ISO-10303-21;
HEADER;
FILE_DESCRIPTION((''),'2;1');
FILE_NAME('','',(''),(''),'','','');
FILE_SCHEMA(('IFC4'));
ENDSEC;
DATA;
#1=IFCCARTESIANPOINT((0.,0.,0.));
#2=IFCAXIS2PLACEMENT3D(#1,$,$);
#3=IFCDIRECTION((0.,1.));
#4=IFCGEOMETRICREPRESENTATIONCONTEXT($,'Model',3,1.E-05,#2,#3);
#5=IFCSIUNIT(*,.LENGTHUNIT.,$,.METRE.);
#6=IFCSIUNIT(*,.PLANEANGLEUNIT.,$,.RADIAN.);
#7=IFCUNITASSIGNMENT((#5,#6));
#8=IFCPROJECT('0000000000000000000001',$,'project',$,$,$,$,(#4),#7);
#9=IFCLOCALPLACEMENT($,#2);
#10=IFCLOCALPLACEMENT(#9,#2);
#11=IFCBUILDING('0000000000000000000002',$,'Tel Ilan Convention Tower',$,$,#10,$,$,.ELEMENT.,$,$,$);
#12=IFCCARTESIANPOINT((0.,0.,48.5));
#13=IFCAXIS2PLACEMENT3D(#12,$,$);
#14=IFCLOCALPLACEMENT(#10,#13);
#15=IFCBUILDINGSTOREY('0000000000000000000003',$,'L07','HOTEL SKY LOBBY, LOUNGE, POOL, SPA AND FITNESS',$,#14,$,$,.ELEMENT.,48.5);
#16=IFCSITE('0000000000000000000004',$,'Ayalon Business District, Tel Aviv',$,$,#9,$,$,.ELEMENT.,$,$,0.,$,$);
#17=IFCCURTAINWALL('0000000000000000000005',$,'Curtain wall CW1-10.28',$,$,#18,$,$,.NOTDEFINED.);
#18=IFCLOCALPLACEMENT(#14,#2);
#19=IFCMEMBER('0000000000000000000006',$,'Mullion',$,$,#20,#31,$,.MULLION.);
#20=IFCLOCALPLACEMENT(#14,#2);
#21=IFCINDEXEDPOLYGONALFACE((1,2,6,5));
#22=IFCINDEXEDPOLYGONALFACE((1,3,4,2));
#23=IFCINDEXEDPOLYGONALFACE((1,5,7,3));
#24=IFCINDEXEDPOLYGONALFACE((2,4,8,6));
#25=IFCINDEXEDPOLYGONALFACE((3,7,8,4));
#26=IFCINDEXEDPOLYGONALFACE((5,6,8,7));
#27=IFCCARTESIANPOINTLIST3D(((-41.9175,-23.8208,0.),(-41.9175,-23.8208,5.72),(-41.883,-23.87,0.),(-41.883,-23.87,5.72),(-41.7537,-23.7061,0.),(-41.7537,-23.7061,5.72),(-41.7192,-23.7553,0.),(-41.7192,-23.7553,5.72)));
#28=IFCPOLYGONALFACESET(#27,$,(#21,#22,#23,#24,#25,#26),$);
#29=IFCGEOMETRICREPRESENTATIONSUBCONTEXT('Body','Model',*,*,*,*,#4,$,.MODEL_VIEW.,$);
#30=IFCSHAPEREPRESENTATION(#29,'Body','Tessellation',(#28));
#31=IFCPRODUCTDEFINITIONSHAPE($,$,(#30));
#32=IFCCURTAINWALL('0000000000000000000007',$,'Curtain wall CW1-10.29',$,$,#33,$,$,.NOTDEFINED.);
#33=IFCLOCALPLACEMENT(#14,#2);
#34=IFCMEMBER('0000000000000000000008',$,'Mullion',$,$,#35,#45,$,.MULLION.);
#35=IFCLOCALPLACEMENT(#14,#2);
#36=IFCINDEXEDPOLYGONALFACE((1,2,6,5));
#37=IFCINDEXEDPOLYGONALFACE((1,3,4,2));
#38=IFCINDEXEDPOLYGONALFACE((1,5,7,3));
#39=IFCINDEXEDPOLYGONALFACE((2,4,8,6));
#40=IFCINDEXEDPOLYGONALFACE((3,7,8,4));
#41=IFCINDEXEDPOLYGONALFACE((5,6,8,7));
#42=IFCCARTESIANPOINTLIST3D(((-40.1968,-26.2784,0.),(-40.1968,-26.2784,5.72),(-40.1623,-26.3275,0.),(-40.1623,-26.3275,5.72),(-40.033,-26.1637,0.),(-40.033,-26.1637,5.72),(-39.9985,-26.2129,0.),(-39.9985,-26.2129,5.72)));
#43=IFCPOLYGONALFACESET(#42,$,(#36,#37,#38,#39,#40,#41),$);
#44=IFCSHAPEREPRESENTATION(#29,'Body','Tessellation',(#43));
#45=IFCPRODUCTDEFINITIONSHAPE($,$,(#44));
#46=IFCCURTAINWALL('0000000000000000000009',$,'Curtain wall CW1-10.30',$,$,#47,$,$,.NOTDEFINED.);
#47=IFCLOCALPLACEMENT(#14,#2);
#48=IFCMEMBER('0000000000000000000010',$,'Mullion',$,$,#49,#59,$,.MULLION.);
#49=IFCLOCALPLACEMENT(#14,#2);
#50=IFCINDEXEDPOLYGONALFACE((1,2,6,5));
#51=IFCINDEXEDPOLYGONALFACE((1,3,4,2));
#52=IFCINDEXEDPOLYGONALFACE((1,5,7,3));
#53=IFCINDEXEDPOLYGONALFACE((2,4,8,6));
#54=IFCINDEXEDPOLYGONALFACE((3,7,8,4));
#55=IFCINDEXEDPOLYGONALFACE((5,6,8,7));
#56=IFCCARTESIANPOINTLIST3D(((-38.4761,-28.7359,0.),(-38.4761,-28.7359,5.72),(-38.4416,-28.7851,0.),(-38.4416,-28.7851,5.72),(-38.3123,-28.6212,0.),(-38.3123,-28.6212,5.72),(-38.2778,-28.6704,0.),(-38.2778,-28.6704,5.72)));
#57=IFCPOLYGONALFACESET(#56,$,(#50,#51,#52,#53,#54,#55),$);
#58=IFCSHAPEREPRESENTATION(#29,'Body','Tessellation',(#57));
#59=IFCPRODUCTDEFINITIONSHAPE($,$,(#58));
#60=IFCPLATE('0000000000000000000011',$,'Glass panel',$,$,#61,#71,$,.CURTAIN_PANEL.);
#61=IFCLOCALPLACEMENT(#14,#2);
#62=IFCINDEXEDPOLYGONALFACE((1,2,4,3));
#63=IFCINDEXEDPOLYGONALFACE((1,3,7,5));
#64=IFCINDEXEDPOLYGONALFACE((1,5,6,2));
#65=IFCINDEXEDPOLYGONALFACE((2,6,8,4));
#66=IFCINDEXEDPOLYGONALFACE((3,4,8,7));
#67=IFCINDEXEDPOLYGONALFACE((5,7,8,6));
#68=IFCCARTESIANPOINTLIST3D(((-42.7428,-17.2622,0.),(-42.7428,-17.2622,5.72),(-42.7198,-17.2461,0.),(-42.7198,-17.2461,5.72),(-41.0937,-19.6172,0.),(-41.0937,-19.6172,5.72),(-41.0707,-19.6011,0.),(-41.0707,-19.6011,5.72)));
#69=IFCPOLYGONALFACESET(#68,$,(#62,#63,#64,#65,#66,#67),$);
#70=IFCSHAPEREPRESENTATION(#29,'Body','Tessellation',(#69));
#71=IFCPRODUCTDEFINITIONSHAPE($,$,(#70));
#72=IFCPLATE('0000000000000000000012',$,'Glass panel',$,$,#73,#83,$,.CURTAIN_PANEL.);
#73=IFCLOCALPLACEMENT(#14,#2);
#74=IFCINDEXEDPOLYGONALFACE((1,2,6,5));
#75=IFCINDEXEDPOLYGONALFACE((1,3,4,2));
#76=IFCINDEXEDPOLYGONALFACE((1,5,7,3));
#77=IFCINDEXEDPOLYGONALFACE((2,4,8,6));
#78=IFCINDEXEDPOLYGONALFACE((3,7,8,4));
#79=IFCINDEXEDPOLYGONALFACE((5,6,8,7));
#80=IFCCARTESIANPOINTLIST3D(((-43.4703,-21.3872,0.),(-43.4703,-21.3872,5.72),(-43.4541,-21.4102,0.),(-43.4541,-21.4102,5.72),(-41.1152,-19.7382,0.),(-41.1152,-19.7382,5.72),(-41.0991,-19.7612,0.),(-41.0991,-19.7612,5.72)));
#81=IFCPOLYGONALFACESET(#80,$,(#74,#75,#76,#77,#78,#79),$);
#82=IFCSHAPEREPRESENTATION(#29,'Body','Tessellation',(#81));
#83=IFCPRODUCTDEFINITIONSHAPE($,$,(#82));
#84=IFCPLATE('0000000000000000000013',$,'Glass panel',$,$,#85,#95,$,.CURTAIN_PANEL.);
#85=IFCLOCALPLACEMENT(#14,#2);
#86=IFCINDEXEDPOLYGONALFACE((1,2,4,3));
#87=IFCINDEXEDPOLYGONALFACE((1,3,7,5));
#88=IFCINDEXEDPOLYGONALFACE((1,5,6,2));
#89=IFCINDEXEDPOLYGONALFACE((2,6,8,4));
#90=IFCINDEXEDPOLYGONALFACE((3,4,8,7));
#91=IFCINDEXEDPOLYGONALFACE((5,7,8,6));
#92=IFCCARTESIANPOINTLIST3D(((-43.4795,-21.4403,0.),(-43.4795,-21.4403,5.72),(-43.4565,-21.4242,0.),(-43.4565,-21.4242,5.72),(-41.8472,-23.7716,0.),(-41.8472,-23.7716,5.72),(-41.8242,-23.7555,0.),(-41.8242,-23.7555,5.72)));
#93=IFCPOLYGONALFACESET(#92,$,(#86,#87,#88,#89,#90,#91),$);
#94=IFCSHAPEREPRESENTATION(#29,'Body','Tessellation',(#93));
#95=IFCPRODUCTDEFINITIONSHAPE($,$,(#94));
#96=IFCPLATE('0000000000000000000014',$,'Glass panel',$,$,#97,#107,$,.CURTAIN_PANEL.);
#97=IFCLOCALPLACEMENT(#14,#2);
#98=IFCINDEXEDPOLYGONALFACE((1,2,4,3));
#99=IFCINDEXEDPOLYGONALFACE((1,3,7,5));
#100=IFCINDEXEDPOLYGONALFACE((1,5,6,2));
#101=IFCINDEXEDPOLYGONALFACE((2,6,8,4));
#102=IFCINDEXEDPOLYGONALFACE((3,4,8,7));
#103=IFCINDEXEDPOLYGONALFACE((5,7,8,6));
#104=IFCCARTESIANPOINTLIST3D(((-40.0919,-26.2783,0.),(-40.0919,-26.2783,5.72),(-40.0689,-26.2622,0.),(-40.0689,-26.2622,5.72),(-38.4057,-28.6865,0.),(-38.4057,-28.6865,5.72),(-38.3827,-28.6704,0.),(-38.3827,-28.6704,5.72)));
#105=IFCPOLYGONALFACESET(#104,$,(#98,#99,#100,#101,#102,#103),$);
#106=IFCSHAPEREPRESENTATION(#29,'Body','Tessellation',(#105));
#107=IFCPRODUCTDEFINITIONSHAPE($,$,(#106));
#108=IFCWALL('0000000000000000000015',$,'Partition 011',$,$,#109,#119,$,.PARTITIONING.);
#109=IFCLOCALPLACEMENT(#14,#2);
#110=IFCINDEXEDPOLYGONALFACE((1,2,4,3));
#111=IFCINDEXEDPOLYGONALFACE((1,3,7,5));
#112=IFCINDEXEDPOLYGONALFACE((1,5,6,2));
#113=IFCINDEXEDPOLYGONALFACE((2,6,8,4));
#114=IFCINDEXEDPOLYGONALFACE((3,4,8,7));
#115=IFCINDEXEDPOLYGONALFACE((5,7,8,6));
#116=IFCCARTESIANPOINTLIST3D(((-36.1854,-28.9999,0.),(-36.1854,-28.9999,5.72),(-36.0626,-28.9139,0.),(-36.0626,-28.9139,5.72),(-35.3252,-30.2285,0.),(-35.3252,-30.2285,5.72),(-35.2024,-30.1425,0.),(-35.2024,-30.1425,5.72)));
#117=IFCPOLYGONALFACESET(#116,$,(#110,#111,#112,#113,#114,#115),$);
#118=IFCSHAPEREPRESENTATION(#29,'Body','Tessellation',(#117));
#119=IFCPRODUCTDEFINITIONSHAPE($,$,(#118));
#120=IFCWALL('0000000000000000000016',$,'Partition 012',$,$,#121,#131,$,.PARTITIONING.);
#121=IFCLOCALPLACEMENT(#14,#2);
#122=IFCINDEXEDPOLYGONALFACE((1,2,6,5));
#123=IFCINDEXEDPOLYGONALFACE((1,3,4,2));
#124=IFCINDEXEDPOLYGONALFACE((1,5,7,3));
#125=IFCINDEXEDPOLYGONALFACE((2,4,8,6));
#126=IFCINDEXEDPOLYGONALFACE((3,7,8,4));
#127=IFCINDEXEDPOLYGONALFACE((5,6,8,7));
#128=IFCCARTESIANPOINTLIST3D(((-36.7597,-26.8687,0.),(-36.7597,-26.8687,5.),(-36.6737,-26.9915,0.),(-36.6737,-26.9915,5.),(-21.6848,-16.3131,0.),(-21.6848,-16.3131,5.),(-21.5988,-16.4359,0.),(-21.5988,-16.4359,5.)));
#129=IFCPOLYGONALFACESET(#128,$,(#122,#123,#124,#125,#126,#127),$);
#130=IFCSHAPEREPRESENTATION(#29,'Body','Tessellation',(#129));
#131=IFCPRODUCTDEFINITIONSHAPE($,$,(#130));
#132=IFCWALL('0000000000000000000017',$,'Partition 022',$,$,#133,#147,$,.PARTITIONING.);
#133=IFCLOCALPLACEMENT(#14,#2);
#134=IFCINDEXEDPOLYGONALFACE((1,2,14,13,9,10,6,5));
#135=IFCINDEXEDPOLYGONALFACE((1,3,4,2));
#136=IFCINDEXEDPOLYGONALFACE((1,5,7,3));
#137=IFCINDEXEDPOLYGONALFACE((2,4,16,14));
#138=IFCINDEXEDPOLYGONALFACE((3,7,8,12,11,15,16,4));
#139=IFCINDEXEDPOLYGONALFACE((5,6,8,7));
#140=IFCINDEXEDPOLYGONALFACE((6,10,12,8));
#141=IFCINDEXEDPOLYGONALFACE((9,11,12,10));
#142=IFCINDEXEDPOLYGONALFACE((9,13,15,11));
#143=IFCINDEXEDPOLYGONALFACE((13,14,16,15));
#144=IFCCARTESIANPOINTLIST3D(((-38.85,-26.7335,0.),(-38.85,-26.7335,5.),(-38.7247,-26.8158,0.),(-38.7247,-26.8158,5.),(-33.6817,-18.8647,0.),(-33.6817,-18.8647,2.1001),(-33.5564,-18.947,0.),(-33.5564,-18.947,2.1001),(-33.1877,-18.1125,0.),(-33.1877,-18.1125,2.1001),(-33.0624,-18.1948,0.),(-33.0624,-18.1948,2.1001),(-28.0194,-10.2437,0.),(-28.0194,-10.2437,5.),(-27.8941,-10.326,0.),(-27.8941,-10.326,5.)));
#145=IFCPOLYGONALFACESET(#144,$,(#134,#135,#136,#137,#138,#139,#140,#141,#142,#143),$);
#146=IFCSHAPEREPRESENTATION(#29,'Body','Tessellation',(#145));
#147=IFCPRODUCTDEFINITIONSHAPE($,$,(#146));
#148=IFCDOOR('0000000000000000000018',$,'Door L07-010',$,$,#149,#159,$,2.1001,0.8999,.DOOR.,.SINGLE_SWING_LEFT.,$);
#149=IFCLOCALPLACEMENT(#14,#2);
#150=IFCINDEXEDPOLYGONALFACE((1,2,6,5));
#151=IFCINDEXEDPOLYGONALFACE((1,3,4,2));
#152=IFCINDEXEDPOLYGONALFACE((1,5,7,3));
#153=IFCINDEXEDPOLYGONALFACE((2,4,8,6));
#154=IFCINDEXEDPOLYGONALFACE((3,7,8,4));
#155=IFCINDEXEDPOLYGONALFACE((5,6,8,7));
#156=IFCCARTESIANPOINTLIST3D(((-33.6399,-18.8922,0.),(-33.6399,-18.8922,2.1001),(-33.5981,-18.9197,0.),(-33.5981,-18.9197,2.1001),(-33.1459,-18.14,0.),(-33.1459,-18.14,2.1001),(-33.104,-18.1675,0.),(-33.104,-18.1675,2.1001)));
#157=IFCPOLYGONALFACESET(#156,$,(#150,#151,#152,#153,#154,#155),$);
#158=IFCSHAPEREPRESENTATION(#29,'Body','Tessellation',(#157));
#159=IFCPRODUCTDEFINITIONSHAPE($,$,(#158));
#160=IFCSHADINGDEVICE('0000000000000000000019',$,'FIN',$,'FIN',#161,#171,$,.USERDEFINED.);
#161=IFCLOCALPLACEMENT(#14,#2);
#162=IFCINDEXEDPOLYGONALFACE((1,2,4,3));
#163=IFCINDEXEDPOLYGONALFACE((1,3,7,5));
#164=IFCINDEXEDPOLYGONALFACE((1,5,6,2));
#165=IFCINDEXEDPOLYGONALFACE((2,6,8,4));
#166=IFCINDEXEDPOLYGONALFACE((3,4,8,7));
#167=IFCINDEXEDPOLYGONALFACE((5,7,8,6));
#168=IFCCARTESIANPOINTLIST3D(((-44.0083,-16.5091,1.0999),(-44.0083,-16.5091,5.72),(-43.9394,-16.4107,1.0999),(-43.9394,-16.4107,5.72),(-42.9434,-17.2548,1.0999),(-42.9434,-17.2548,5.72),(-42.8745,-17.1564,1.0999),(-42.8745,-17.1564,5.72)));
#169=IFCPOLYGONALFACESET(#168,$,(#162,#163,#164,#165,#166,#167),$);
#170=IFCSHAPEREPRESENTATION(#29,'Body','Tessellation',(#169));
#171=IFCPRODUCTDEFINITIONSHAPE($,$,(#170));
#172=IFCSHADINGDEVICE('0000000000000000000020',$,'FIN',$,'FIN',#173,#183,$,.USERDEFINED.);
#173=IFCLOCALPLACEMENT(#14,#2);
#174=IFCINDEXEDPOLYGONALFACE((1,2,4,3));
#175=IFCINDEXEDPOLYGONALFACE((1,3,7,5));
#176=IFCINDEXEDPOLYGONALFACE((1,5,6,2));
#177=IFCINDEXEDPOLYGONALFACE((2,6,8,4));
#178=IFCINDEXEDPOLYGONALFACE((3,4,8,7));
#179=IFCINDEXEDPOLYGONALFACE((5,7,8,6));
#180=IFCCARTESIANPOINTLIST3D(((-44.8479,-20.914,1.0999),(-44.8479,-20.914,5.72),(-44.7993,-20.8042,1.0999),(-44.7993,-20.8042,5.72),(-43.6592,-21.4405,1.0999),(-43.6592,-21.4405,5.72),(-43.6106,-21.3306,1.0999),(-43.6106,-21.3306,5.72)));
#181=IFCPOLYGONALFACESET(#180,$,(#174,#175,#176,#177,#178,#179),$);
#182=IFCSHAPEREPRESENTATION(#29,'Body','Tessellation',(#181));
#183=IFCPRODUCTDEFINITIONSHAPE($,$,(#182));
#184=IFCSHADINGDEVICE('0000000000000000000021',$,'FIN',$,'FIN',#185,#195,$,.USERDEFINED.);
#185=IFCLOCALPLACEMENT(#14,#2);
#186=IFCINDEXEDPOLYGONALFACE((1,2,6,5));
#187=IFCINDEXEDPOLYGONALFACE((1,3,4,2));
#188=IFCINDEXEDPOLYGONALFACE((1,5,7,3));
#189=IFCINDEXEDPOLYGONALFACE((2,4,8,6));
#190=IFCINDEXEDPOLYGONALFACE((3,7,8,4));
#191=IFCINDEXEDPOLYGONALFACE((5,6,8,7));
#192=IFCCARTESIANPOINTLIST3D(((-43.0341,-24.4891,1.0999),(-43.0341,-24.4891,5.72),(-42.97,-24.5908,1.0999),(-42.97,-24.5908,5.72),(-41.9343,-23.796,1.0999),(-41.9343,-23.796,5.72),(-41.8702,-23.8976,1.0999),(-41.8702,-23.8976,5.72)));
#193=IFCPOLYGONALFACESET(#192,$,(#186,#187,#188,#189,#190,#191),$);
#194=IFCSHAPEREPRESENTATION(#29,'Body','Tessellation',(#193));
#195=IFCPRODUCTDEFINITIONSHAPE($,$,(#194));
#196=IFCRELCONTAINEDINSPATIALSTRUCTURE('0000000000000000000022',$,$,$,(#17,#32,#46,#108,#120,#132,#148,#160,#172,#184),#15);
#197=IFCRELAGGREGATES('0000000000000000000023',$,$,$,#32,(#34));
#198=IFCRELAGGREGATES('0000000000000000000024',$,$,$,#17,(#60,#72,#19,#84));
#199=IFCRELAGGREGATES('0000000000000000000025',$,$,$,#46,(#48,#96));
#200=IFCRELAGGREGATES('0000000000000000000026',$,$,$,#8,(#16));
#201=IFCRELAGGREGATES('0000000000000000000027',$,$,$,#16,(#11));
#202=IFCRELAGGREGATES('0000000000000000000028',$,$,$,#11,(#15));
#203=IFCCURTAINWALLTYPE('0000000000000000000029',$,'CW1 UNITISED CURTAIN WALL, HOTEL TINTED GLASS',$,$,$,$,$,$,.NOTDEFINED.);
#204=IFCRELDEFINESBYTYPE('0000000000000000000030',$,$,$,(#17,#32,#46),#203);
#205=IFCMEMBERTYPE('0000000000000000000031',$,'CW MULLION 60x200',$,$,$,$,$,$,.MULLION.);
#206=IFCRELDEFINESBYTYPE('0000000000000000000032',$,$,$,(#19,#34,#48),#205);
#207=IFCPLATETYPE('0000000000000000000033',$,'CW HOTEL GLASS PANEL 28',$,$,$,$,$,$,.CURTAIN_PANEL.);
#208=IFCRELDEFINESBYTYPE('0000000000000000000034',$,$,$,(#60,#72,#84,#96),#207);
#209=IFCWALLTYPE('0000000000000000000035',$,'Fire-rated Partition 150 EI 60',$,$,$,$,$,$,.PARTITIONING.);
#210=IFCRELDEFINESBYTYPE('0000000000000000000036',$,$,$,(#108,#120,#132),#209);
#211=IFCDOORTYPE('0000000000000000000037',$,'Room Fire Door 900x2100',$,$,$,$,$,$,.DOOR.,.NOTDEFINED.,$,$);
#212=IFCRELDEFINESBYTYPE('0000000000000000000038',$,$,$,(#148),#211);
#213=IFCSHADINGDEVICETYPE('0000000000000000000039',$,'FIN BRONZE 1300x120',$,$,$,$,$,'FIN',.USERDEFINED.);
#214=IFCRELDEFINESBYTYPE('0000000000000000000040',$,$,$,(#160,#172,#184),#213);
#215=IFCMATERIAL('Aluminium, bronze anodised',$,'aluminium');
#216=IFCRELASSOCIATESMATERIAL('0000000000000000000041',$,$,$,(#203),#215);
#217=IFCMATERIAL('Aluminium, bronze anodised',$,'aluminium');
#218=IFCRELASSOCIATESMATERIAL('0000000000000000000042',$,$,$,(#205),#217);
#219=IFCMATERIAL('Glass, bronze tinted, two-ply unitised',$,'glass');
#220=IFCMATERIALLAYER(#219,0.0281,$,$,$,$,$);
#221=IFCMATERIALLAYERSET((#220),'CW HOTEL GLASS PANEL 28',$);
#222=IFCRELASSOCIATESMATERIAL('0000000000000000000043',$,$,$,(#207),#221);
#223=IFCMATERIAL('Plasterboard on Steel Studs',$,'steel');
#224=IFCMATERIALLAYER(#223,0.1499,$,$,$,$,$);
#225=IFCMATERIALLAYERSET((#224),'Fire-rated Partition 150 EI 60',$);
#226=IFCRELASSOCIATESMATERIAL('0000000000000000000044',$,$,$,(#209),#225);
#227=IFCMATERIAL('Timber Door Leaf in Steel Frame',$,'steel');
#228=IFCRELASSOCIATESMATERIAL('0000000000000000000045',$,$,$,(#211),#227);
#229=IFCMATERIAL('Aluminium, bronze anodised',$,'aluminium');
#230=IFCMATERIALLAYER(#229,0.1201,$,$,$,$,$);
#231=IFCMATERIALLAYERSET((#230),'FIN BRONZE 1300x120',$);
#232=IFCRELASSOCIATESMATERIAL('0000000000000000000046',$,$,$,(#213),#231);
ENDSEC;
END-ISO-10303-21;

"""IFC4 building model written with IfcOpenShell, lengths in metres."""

from ifc_helpers import new_model, si_unit, direction, frame, frame_2d, origin, origin_2d, place, context, subcontext, project, spatial, rectangle, extrude, material, layer, layer_set, material_profile, profile_set, type_object, element, fill, aggregate, save


model = new_model("IFC4")

# Units and contexts
model_context = context("Model", 3, precision=1e-05, world=origin(), true_north=direction((0.0, 1.0)))
body_context = subcontext(model_context, "Body", "Model", "MODEL_VIEW")
ifc_project = project(units=[si_unit("LENGTHUNIT", "METRE"), si_unit("PLANEANGLEUNIT", "RADIAN")], contexts=[model_context])

# Site, building, storey
site_placement = place(None, origin())
site = spatial("IfcSite", under=ifc_project, at=site_placement, Name="Ayalon Business District, Tel Aviv", CompositionType="ELEMENT", RefElevation=0.0)
building_placement = place(site_placement, origin())
building = spatial("IfcBuilding", under=site, at=building_placement, Name="Tel Ilan Convention Tower", CompositionType="ELEMENT")
storey_placement = place(building_placement, frame((0.0, 0.0, 48.5)))
storey = spatial("IfcBuildingStorey", under=building, at=storey_placement, Name="L07", Description="HOTEL SKY LOBBY, LOUNGE, POOL, SPA AND FITNESS", CompositionType="ELEMENT", Elevation=48.5)

# Curtain wall, member
ifc_material_1 = material(Name="Aluminium, bronze anodised", Category="aluminium")
curtain_wall_type = type_object("IfcCurtainWallType", Name="CW1 UNITISED CURTAIN WALL, HOTEL TINTED GLASS", PredefinedType="NOTDEFINED", material=ifc_material_1)
curtain_wall_1_placement = place(storey_placement, origin())
curtain_wall_1 = element("IfcCurtainWall", 1, at=curtain_wall_1_placement, inside=storey, type_object=curtain_wall_type, Name="Curtain wall CW1-10.28", PredefinedType="NOTDEFINED")
ifc_material_2 = material(Name="Aluminium, bronze anodised", Category="aluminium")
ifc_material_profile_1 = material_profile(ifc_material_2, rectangle(XDim=0.0601, YDim=0.2, at=origin_2d()), Name="CW MULLION 60x200")
ifc_profile_set_1 = profile_set([ifc_material_profile_1], Name="Aluminium, bronze anodised")
member_type_1 = type_object("IfcMemberType", Name="CW MULLION 60x200", PredefinedType="MULLION", material=ifc_profile_set_1)
member_1_placement = place(storey_placement, frame((-41.8184, -23.7881, 0.0), z_axis=(0.0, 0.0, 1.0), x_axis=(0.573576, -0.819152, 0.0)))
member_1 = element("IfcMember", 2, at=member_1_placement, type_object=member_type_1, Name="Mullion", PredefinedType="MULLION", context=body_context, shape_type="SweptSolid", body=[
    extrude(rectangle(XDim=0.0601, YDim=0.2, at=origin_2d()), origin(), (0.0, 0.0, 1.0), 5.72),
])

# Curtain walls, members
curtain_wall_2_placement = place(storey_placement, origin())
curtain_wall_2 = element("IfcCurtainWall", 3, at=curtain_wall_2_placement, inside=storey, type_object=curtain_wall_type, Name="Curtain wall CW1-10.29", PredefinedType="NOTDEFINED")
member_2_placement = place(storey_placement, frame((-40.0977, -26.2456, 0.0), z_axis=(0.0, 0.0, 1.0), x_axis=(0.573576, -0.819152, 0.0)))
member_2 = element("IfcMember", 4, at=member_2_placement, type_object=member_type_1, Name="Mullion", PredefinedType="MULLION", context=body_context, shape_type="SweptSolid", body=[
    extrude(rectangle(XDim=0.0601, YDim=0.2, at=origin_2d()), origin(), (0.0, 0.0, 1.0), 5.72),
])
aggregate(curtain_wall_2, [member_2])
curtain_wall_3_placement = place(storey_placement, origin())
curtain_wall_3 = element("IfcCurtainWall", 5, at=curtain_wall_3_placement, inside=storey, type_object=curtain_wall_type, Name="Curtain wall CW1-10.30", PredefinedType="NOTDEFINED")
member_3_placement = place(storey_placement, frame((-38.377, -28.7031, 0.0), z_axis=(0.0, 0.0, 1.0), x_axis=(0.573576, -0.819152, 0.0)))
member_3 = element("IfcMember", 6, at=member_3_placement, type_object=member_type_1, Name="Mullion", PredefinedType="MULLION", context=body_context, shape_type="SweptSolid", body=[
    extrude(rectangle(XDim=0.0601, YDim=0.2, at=origin_2d()), origin(), (0.0, 0.0, 1.0), 5.72),
])

# Plates
ifc_material_3 = material(Name="Glass, bronze tinted, two-ply unitised", Category="glass")
ifc_layer_1 = layer(ifc_material_3, 0.0281)
ifc_layer_set_1 = layer_set([ifc_layer_1], Name="CW HOTEL GLASS PANEL 28")
plate_type = type_object("IfcPlateType", Name="CW HOTEL GLASS PANEL 28", PredefinedType="CURTAIN_PANEL", material=ifc_layer_set_1)
plate_1_placement = place(storey_placement, frame((-41.9067, -18.4316, 0.0), z_axis=(0.0, 0.0, 1.0), x_axis=(0.573576, -0.819152, 0.0)))
plate_1 = element("IfcPlate", 7, at=plate_1_placement, type_object=plate_type, Name="Glass panel", PredefinedType="CURTAIN_PANEL", context=body_context, shape_type="SweptSolid", body=[
    extrude(rectangle(XDim=2.875, YDim=0.0281, at=origin_2d()), origin(), (0.0, 0.0, 1.0), 5.72),
])
plate_2_placement = place(storey_placement, frame((-42.2847, -20.5742, 0.0), z_axis=(0.0, 0.0, 1.0), x_axis=(-0.819152, -0.573576, 0.0)))
plate_2 = element("IfcPlate", 8, at=plate_2_placement, type_object=plate_type, Name="Glass panel", PredefinedType="CURTAIN_PANEL", context=body_context, shape_type="SweptSolid", body=[
    extrude(rectangle(XDim=2.875, YDim=0.0281, at=origin_2d()), origin(), (0.0, 0.0, 1.0), 5.72),
])
plate_3_placement = place(storey_placement, frame((-42.6519, -22.5979, 0.0), z_axis=(0.0, 0.0, 1.0), x_axis=(0.573576, -0.819152, 0.0)))
plate_3 = element("IfcPlate", 9, at=plate_3_placement, type_object=plate_type, Name="Glass panel", PredefinedType="CURTAIN_PANEL", context=body_context, shape_type="SweptSolid", body=[
    extrude(rectangle(XDim=2.8459, YDim=0.0281, at=origin_2d()), origin(), (0.0, 0.0, 1.0), 5.72),
])
aggregate(curtain_wall_1, [plate_1, plate_2, member_1, plate_3])
plate_4_placement = place(storey_placement, frame((-39.2373, -27.4744, 0.0), z_axis=(0.0, 0.0, 1.0), x_axis=(0.573576, -0.819152, 0.0)))
plate_4 = element("IfcPlate", 10, at=plate_4_placement, type_object=plate_type, Name="Glass panel", PredefinedType="CURTAIN_PANEL", context=body_context, shape_type="SweptSolid", body=[
    extrude(rectangle(XDim=2.9399, YDim=0.0281, at=origin_2d()), origin(), (0.0, 0.0, 1.0), 5.72),
])
aggregate(curtain_wall_3, [member_3, plate_4])

# Walls
ifc_material_4 = material(Name="Plasterboard on Steel Studs", Category="steel")
ifc_layer_2 = layer(ifc_material_4, 0.1499)
ifc_layer_set_2 = layer_set([ifc_layer_2], Name="Fire-rated Partition 150 EI 60")
wall_type_1 = type_object("IfcWallType", Name="Fire-rated Partition 150 EI 60", PredefinedType="PARTITIONING", material=ifc_layer_set_2)
wall_1_placement = place(storey_placement, frame((-36.124, -28.9568, 0.0), z_axis=(0.0, 0.0, 1.0), x_axis=(0.573528, -0.819186, 0.0)))
element("IfcWall", 11, at=wall_1_placement, inside=storey, type_object=wall_type_1, Name="Partition 011", PredefinedType="PARTITIONING", context=body_context, shape_type="SweptSolid", body=[
    extrude(rectangle(XDim=1.4998, YDim=0.1499, at=frame_2d((0.75, 0.0))), origin(), (0.0, 0.0, 1.0), 5.72),
])
wall_2_placement = place(storey_placement, frame((-36.7168, -26.9302, 0.0), z_axis=(0.0, 0.0, 1.0), x_axis=(0.81915, 0.573579, 0.0)))
element("IfcWall", 12, at=wall_2_placement, inside=storey, type_object=wall_type_1, Name="Partition 012", PredefinedType="PARTITIONING", context=body_context, shape_type="SweptSolid", body=[
    extrude(rectangle(XDim=18.4031, YDim=0.1499, at=frame_2d((9.2017, 0.0))), origin(), (0.0, 0.0, 1.0), 5.0),
])

# Wall, opening, door
wall_3_placement = place(storey_placement, frame((-38.7874, -26.7747, 0.0), z_axis=(0.0, 0.0, 1.0), x_axis=(0.548981, 0.835835, 0.0)))
wall_3 = element("IfcWall", 13, at=wall_3_placement, inside=storey, type_object=wall_type_1, Name="Partition 022", PredefinedType="PARTITIONING", context=body_context, shape_type="SweptSolid", body=[
    extrude(rectangle(XDim=19.7285, YDim=0.1499, at=frame_2d((9.8643, 0.0))), origin(), (0.0, 0.0, 1.0), 5.0),
])
opening_1_placement = place(wall_3_placement, frame((9.4143, 0.0, 0.0)))
opening_1 = element("IfcOpeningElement", 14, at=opening_1_placement, cuts=wall_3, PredefinedType="OPENING", context=body_context, shape_type="SweptSolid", body=[
    extrude(rectangle(XDim=0.8999, YDim=2.1001, at=frame_2d((0.45, 1.05))), frame((0.0, 0.085, 0.0), z_axis=(0.0, -1.0, 0.0), x_axis=(1.0, 0.0, 0.0)), (0.0, 0.0, 1.0), 0.1699),
])
ifc_material_5 = material(Name="Timber Door Leaf in Steel Frame", Category="steel")
door_type_1 = type_object("IfcDoorType", Name="Room Fire Door 900x2100", OperationType="NOTDEFINED", PredefinedType="DOOR", material=ifc_material_5)
door_1_placement = place(opening_1_placement, origin())
door_1 = element("IfcDoor", 15, at=door_1_placement, inside=storey, type_object=door_type_1, Name="Door L07-010", OperationType="SINGLE_SWING_LEFT", OverallHeight=2.1001, OverallWidth=0.8999, PredefinedType="DOOR", context=body_context, shape_type="SweptSolid", body=[
    extrude(rectangle(XDim=0.8999, YDim=2.1001, at=frame_2d((0.45, 1.05))), frame((0.0, 0.0249, 0.0), z_axis=(0.0, -1.0, 0.0), x_axis=(1.0, 0.0, 0.0)), (0.0, 0.0, 1.0), 0.05),
])
fill(opening_1, door_1)

# Shading devices
ifc_material_6 = material(Name="Aluminium, bronze anodised", Category="aluminium")
ifc_layer_3 = layer(ifc_material_6, 0.1201)
ifc_layer_set_3 = layer_set([ifc_layer_3], Name="FIN BRONZE 1300x120")
shading_device_type = type_object("IfcShadingDeviceType", Name="FIN BRONZE 1300x120", ElementType="FIN", PredefinedType="USERDEFINED", material=ifc_layer_set_3)
for number, where, z_axis, x_axis, name in (
    (16, (-43.4414, -16.8328, 1.0999), (0.0, 0.0, 1.0), (-0.819152, 0.573576, 0.0), "FIN"),
    (17, (-44.2292, -21.1223, 1.0999), (0.0, 0.0, 1.0), (-0.914333, 0.404964, 0.0), "FIN"),
    (18, (-42.4521, -24.1934, 1.0999), (0.0, 0.0, 1.0), (-0.845986, -0.533204, 0.0), "FIN"),
):
    element("IfcShadingDevice", number, at=place(storey_placement, frame(where, z_axis=z_axis, x_axis=x_axis)), inside=storey, type_object=shading_device_type, Name=name, ObjectType="FIN", PredefinedType="USERDEFINED", context=body_context, shape_type="SweptSolid", body=[
        extrude(rectangle(XDim=1.3, YDim=0.1201, at=origin_2d()), origin(), (0.0, 0.0, 1.0), 4.6201),
    ])

save(model, "model.ifc")
